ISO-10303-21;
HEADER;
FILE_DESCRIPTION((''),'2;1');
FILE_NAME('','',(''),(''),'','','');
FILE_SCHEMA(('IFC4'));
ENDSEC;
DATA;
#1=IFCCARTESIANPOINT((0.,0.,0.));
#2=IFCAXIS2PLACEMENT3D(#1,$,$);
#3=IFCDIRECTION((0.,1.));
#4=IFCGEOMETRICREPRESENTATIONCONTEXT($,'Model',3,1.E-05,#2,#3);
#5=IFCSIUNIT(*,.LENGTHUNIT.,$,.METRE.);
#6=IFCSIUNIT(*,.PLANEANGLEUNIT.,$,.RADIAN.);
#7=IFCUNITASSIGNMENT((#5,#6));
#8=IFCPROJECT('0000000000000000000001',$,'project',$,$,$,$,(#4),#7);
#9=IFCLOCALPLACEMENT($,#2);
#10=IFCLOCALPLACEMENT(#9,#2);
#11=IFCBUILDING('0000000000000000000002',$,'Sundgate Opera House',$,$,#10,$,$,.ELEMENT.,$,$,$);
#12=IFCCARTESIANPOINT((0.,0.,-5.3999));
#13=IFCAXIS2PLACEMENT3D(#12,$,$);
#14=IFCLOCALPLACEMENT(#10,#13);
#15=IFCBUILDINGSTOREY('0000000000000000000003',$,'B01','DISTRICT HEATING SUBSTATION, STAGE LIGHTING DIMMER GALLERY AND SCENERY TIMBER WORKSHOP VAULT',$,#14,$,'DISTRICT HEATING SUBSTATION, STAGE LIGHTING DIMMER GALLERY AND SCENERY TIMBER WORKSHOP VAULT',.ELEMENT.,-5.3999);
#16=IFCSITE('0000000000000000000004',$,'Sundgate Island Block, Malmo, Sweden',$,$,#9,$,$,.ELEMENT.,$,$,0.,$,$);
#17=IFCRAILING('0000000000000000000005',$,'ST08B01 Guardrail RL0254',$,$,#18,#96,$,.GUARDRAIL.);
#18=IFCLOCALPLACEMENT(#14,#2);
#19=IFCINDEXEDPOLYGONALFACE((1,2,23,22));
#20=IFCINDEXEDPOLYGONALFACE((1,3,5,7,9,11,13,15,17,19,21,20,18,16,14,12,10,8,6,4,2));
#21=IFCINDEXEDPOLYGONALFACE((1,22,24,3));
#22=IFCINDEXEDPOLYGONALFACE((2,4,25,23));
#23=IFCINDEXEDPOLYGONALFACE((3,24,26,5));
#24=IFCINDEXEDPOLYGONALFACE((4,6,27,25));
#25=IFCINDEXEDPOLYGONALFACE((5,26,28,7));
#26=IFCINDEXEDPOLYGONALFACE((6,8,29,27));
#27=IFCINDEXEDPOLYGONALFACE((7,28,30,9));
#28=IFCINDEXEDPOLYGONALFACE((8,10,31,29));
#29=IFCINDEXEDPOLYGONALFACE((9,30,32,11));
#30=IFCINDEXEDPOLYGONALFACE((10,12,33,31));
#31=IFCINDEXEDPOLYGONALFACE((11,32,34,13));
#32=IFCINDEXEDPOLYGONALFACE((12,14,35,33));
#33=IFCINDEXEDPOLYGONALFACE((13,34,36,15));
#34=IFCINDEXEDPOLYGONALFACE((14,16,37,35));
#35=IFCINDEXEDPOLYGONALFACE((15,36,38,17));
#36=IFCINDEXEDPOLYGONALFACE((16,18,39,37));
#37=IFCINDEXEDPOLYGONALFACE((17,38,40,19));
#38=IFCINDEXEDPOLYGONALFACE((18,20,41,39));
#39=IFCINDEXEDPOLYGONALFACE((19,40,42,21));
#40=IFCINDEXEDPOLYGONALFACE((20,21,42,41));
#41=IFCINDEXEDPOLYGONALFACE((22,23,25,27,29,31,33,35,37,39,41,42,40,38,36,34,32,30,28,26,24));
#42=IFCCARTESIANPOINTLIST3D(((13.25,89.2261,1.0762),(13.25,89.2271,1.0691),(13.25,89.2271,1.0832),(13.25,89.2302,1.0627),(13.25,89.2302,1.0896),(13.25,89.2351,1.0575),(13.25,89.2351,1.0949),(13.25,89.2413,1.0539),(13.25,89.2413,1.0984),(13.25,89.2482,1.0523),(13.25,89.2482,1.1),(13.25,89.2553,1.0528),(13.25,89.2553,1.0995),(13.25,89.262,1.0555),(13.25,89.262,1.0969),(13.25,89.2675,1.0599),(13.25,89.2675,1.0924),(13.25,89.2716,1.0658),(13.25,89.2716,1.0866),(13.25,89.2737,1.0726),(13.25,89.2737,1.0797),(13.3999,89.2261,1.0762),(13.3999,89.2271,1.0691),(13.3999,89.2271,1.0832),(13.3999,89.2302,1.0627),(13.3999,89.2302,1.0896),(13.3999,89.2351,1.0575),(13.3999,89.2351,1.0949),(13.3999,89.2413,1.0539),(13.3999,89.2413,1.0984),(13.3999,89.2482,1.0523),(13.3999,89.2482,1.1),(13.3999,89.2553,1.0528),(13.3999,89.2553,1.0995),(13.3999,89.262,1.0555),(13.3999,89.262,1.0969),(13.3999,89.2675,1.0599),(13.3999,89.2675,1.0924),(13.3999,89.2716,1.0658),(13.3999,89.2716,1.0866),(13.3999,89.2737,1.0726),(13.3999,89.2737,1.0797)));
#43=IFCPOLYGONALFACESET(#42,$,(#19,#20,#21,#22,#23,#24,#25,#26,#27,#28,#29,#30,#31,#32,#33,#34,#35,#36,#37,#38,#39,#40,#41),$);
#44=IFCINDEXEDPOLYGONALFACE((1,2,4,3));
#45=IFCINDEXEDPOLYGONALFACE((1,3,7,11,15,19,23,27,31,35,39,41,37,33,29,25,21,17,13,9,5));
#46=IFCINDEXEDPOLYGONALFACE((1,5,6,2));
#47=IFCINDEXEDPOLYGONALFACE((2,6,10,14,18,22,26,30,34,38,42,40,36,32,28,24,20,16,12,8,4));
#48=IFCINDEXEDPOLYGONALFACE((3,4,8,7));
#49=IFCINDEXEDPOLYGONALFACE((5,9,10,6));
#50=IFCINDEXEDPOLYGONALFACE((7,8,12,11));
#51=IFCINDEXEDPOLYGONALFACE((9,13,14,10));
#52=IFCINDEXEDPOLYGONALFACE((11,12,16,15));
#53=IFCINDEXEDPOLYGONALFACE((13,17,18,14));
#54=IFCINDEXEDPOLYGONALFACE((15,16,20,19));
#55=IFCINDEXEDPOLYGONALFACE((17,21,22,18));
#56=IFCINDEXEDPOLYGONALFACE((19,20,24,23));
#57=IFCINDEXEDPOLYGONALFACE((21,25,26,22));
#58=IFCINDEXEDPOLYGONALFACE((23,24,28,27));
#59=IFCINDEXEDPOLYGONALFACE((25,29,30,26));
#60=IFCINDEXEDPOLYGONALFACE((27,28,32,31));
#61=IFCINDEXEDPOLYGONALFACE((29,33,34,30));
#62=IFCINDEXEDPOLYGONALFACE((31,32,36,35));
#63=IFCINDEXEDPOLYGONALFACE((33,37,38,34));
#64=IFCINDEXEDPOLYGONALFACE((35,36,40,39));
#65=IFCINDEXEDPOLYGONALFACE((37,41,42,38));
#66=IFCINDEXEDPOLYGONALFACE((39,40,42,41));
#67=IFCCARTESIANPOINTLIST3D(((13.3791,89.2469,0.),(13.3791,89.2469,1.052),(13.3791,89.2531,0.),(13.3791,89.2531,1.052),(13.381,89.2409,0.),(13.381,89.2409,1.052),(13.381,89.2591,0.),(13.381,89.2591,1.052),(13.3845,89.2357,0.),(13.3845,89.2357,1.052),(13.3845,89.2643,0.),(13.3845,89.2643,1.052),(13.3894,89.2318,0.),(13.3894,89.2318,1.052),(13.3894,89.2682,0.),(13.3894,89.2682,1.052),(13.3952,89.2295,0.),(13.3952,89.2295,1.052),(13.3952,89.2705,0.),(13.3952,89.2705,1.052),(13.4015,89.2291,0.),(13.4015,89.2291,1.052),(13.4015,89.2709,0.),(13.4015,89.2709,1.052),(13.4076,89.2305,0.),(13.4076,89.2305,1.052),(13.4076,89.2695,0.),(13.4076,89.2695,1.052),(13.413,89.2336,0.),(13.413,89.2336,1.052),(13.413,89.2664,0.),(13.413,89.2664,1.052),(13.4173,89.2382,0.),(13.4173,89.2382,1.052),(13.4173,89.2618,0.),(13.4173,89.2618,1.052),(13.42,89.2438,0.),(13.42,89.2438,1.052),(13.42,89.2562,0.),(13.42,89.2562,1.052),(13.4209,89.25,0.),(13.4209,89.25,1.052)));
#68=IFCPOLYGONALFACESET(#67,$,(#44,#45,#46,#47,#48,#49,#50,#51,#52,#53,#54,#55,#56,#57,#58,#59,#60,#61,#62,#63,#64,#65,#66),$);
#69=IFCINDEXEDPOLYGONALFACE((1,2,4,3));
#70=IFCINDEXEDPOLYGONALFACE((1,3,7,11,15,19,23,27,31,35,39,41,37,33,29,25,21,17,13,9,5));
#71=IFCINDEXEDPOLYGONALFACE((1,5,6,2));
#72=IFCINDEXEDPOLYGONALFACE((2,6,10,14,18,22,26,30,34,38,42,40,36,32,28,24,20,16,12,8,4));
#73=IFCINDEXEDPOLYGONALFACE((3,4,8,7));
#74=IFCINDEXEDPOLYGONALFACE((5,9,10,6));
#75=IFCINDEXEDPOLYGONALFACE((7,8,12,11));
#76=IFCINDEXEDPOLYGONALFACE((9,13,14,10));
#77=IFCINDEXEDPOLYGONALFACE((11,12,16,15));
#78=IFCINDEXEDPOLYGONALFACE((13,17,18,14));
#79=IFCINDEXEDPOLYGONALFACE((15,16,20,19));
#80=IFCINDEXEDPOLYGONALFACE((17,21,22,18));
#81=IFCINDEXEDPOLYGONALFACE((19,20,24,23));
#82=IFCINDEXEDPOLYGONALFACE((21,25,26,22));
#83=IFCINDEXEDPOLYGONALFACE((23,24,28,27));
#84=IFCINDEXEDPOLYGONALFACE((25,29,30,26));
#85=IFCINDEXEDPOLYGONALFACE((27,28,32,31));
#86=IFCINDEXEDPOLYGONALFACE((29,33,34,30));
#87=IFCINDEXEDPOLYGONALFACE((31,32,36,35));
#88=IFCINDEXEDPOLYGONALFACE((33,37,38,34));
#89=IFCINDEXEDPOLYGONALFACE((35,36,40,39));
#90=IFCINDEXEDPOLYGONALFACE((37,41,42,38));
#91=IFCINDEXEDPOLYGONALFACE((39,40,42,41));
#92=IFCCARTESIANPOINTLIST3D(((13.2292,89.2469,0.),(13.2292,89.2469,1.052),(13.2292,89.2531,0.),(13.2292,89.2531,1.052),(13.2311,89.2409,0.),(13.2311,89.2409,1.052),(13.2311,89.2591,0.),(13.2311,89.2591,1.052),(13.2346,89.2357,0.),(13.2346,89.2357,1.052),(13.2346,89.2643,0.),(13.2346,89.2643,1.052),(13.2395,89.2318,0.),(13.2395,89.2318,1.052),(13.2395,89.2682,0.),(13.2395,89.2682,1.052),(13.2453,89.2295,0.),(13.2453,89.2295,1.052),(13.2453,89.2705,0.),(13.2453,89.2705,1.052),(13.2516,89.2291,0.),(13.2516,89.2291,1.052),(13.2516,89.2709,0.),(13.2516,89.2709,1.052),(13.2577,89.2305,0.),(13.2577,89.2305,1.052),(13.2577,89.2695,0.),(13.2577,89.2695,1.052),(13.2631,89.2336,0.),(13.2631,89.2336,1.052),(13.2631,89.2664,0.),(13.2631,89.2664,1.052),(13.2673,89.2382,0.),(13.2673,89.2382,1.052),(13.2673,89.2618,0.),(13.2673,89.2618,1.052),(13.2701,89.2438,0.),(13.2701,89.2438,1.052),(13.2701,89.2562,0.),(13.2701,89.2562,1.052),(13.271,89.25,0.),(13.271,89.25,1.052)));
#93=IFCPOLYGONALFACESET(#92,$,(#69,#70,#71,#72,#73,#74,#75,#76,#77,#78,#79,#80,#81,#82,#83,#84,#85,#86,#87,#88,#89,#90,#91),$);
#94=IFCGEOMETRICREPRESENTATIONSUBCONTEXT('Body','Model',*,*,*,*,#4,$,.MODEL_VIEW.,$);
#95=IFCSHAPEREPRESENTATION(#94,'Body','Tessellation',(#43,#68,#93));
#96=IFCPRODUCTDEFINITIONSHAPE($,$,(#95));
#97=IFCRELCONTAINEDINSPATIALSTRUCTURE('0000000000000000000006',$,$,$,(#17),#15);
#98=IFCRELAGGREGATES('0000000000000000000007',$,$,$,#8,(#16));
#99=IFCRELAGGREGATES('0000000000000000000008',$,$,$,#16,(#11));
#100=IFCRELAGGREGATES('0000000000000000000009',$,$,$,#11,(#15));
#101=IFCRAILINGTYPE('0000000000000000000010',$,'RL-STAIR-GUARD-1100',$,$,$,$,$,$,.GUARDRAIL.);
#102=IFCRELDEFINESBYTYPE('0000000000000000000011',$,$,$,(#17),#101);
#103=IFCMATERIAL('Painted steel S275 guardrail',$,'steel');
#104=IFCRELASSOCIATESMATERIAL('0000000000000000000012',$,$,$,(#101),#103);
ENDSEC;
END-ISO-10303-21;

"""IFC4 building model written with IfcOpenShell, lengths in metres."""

from ifc_helpers import new_model, si_unit, direction, frame, origin, origin_2d, place, context, subcontext, project, spatial, circle, extrude, material, type_object, element, save


model = new_model("IFC4")

# Units and contexts
model_context = context("Model", 3, precision=1e-05, world=origin(), true_north=direction((0.0, 1.0)))
body_context = subcontext(model_context, "Body", "Model", "MODEL_VIEW")
ifc_project = project(units=[si_unit("LENGTHUNIT", "METRE"), si_unit("PLANEANGLEUNIT", "RADIAN")], contexts=[model_context])

# Site, building, storey
site_placement = place(None, origin())
site = spatial("IfcSite", under=ifc_project, at=site_placement, Name="Sundgate Island Block, Malmo, Sweden", CompositionType="ELEMENT", RefElevation=0.0)
building_placement = place(site_placement, origin())
building = spatial("IfcBuilding", under=site, at=building_placement, Name="Sundgate Opera House", CompositionType="ELEMENT")
storey_placement = place(building_placement, frame((0.0, 0.0, -5.3999)))
storey = spatial("IfcBuildingStorey", under=building, at=storey_placement, Name="B01", Description="DISTRICT HEATING SUBSTATION, STAGE LIGHTING DIMMER GALLERY AND SCENERY TIMBER WORKSHOP VAULT", LongName="DISTRICT HEATING SUBSTATION, STAGE LIGHTING DIMMER GALLERY AND SCENERY TIMBER WORKSHOP VAULT", CompositionType="ELEMENT", Elevation=-5.3999)

# Railing
ifc_material_1 = material(Name="Painted steel S275 guardrail", Category="steel")
railing_type_1 = type_object("IfcRailingType", Name="RL-STAIR-GUARD-1100", PredefinedType="GUARDRAIL", material=ifc_material_1)
railing_1_placement = place(storey_placement, frame((13.3999, 89.25, 0.0)))
element("IfcRailing", 1, at=railing_1_placement, inside=storey, type_object=railing_type_1, Name="ST08B01 Guardrail RL0254", PredefinedType="GUARDRAIL", context=body_context, shape_type="SweptSolid", body=[
    extrude(circle(Radius=0.0239, at=origin_2d()), frame((0.0, 0.0, 1.0762), z_axis=(-1.0, 0.0, 0.0), x_axis=(0.0, -1.0, 0.0)), (0.0, 0.0, 1.0), 0.1499),
    extrude(circle(Radius=0.021, at=origin_2d()), origin(), (0.0, 0.0, 1.0), 1.052),
    extrude(circle(Radius=0.021, at=origin_2d()), frame((-0.1499, 0.0, 0.0)), (0.0, 0.0, 1.0), 1.052),
])

save(model, "model.ifc")
